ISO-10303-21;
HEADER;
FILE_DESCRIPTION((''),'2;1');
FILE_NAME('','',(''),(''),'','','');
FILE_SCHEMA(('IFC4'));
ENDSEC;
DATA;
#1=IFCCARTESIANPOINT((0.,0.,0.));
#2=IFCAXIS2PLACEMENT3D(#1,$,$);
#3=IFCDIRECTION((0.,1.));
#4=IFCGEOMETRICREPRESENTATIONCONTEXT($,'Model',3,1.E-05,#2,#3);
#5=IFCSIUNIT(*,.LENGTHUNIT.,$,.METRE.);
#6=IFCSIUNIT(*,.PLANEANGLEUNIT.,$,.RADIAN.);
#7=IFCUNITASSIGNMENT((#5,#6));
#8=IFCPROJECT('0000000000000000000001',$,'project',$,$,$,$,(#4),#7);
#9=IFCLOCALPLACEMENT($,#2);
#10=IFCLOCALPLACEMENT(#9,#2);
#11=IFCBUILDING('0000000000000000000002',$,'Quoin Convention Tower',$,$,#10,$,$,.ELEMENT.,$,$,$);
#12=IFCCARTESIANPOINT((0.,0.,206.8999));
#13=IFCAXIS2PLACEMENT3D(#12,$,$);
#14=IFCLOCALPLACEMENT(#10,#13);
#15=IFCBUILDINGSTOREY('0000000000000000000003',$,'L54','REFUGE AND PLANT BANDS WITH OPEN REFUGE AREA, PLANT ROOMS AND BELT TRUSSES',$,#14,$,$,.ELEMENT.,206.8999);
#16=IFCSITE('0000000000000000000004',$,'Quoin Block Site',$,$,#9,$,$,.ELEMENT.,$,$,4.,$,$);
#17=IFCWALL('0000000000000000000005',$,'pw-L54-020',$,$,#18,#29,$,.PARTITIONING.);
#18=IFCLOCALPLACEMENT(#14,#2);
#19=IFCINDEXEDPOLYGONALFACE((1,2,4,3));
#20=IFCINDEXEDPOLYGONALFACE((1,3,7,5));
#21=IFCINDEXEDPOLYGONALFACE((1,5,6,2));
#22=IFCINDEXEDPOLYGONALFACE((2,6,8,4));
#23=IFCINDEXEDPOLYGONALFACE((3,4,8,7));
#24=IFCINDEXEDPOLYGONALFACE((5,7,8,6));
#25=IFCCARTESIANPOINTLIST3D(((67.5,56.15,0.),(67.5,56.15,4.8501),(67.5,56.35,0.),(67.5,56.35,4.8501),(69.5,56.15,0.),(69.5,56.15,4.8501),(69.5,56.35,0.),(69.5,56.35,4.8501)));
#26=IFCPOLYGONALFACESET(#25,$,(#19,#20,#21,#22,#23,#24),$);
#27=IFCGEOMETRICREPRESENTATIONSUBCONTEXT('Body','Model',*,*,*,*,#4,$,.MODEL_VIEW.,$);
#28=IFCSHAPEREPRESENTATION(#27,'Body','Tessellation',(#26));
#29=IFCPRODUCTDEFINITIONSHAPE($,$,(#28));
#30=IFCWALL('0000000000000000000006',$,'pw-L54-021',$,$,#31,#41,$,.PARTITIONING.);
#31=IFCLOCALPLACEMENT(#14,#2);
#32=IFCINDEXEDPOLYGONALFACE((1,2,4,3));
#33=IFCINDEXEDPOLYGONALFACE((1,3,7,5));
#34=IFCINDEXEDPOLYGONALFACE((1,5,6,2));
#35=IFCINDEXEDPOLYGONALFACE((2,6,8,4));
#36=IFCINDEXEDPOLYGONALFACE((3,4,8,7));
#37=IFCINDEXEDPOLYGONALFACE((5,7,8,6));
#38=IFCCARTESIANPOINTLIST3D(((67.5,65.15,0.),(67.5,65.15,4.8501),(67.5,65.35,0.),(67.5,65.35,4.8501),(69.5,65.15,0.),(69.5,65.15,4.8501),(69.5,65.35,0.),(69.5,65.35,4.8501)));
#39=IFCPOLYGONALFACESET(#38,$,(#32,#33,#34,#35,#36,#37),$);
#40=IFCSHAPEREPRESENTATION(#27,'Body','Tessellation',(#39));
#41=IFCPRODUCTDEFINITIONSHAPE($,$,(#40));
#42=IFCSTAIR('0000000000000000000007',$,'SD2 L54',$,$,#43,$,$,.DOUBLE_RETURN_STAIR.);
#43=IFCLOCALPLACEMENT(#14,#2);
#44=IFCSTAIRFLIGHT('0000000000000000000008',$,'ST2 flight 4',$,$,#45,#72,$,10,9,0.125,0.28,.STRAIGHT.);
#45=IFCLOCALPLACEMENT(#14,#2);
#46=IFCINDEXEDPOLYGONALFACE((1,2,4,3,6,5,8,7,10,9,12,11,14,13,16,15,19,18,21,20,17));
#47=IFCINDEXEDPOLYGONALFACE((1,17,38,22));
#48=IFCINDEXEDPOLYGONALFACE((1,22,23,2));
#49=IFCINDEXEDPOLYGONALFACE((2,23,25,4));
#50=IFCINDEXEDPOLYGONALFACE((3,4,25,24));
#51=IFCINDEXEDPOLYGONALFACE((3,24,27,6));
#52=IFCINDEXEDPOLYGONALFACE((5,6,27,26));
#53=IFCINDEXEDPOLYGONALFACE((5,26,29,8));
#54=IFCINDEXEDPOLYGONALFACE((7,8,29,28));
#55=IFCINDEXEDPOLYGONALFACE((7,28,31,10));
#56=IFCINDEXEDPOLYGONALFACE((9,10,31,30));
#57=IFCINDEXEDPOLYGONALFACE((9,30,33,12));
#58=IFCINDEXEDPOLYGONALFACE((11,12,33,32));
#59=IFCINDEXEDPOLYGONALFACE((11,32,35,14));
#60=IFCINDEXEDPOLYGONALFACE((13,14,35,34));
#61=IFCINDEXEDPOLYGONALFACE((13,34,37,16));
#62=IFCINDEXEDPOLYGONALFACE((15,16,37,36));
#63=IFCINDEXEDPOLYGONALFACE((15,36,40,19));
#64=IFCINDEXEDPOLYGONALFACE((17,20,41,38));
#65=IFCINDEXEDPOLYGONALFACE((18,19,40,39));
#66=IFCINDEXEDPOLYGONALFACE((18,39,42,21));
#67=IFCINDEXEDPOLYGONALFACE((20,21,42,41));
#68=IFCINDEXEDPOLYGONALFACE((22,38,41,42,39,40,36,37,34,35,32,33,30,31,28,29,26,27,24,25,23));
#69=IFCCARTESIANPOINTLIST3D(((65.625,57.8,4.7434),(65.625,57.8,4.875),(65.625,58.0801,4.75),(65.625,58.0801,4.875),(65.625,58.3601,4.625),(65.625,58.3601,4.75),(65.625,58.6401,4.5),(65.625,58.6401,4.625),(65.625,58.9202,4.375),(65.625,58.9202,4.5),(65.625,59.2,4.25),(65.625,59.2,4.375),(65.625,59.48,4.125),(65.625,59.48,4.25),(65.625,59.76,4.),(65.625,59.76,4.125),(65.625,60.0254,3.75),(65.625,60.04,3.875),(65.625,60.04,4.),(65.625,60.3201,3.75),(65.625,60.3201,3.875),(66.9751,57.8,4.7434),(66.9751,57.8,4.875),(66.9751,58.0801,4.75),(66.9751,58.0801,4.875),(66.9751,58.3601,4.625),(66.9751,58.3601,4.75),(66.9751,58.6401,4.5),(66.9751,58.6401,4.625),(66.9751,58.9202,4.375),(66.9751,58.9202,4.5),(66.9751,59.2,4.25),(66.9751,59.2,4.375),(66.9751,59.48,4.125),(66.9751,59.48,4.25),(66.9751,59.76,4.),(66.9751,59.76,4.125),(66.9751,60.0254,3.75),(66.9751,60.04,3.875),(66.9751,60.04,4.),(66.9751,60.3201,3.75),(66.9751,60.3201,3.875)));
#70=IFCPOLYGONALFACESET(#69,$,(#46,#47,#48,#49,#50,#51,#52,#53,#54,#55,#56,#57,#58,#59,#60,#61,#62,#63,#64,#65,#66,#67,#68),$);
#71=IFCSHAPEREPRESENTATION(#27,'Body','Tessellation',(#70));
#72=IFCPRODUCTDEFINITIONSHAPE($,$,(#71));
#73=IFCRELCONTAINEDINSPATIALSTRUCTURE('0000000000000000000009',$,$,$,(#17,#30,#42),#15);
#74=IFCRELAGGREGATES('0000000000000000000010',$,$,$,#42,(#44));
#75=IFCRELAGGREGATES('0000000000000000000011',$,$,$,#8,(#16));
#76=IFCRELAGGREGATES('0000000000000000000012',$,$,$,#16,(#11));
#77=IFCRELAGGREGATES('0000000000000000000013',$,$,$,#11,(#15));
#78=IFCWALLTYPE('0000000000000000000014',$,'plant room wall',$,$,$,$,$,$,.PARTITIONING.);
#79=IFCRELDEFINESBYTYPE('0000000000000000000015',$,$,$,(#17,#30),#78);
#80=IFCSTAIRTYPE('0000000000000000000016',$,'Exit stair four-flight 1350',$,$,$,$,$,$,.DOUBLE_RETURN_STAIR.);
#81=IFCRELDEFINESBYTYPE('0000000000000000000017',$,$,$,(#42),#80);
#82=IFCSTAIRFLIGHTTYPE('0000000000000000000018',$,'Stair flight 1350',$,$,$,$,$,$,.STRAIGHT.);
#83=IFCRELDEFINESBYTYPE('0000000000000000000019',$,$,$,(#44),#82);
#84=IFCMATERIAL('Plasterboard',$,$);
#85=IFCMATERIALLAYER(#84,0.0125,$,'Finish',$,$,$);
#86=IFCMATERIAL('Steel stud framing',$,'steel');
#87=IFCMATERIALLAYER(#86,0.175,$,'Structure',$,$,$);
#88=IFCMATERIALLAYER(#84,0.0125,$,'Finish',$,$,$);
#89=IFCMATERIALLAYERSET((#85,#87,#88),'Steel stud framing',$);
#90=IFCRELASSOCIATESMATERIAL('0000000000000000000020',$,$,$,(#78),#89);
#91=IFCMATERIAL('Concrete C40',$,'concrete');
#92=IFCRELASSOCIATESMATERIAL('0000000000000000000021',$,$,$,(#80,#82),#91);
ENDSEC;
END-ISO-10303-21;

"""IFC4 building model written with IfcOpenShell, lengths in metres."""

from ifc_helpers import new_model, si_unit, direction, frame, frame_2d, origin, place, context, subcontext, project, spatial, polyline, rectangle, outline, extrude, material, layer, layer_set, type_object, element, aggregate, save


model = new_model("IFC4")

# Units and contexts
model_context = context("Model", 3, precision=1e-05, world=origin(), true_north=direction((0.0, 1.0)))
body_context = subcontext(model_context, "Body", "Model", "MODEL_VIEW")
ifc_project = project(units=[si_unit("LENGTHUNIT", "METRE"), si_unit("PLANEANGLEUNIT", "RADIAN")], contexts=[model_context])

# Site, building, storey
site_placement = place(None, origin())
site = spatial("IfcSite", under=ifc_project, at=site_placement, Name="Quoin Block Site", CompositionType="ELEMENT", RefElevation=4.0)
building_placement = place(site_placement, origin())
building = spatial("IfcBuilding", under=site, at=building_placement, Name="Quoin Convention Tower", CompositionType="ELEMENT")
storey_placement = place(building_placement, frame((0.0, 0.0, 206.8999)))
storey = spatial("IfcBuildingStorey", under=building, at=storey_placement, Name="L54", Description="REFUGE AND PLANT BANDS WITH OPEN REFUGE AREA, PLANT ROOMS AND BELT TRUSSES", CompositionType="ELEMENT", Elevation=206.8999)

# Walls
ifc_material_1 = material(Name="Plasterboard")
ifc_layer_1 = layer(ifc_material_1, 0.0125, Name="Finish")
ifc_material_2 = material(Name="Steel stud framing", Category="steel")
ifc_layer_2 = layer(ifc_material_2, 0.175, Name="Structure")
ifc_layer_3 = layer(ifc_material_1, 0.0125, Name="Finish")
ifc_layer_set = layer_set([ifc_layer_1, ifc_layer_2, ifc_layer_3], Name="Steel stud framing")
wall_type = type_object("IfcWallType", Name="plant room wall", PredefinedType="PARTITIONING", material=ifc_layer_set)
for number, where, z_axis, x_axis, name in (
    (1, (67.5, 56.25, 0.0), (0.0, 0.0, 1.0), (1.0, 0.0, 0.0), "pw-L54-020"),
    (2, (67.5, 65.25, 0.0), (0.0, 0.0, 1.0), (1.0, 0.0, 0.0), "pw-L54-021"),
):
    element("IfcWall", number, at=place(storey_placement, frame(where, z_axis=z_axis, x_axis=x_axis)), inside=storey, type_object=wall_type, Name=name, PredefinedType="PARTITIONING", context=body_context, shape_type="SweptSolid", body=[
        extrude(rectangle(XDim=2.0, YDim=0.2, at=frame_2d((1.0, 0.0))), origin(), (0.0, 0.0, 1.0), 4.8501),
    ])

# Stair, stair flight
ifc_material_3 = material(Name="Concrete C40", Category="concrete")
stair_type = type_object("IfcStairType", Name="Exit stair four-flight 1350", PredefinedType="DOUBLE_RETURN_STAIR", material=ifc_material_3)
stair_placement = place(storey_placement, origin())
stair = element("IfcStair", 3, at=stair_placement, inside=storey, type_object=stair_type, Name="SD2 L54", PredefinedType="DOUBLE_RETURN_STAIR")
stair_flight_type = type_object("IfcStairFlightType", Name="Stair flight 1350", PredefinedType="STRAIGHT", material=ifc_material_3)
stair_flight_placement = place(storey_placement, frame((66.3, 60.3201, 3.75), z_axis=(0.0, 0.0, 1.0), x_axis=(0.0, -1.0, 0.0)))
stair_flight = element("IfcStairFlight", 4, at=stair_flight_placement, type_object=stair_flight_type, Name="ST2 flight 4", NumberOfRisers=10, NumberOfTreads=9, PredefinedType="STRAIGHT", RiserHeight=0.125, TreadLength=0.28, context=body_context, shape_type="SweptSolid", body=[
    extrude(outline(polyline([(0.0, 0.0), (0.0, 0.125), (0.28, 0.125), (0.28, 0.25), (0.5601, 0.25), (0.5601, 0.375), (0.8401, 0.375), (0.8401, 0.5), (1.1201, 0.5), (1.1201, 0.625), (1.3999, 0.625), (1.3999, 0.75), (1.6799, 0.75), (1.6799, 0.875), (1.96, 0.875), (1.96, 1.0), (2.24, 1.0), (2.24, 1.125), (2.52, 1.125), (2.52, 1.25), (2.52, 0.9934), (0.2947, 0.0), (0.0, 0.0)])), frame((0.0, 0.675, 0.0), z_axis=(0.0, -1.0, 0.0), x_axis=(1.0, 0.0, 0.0)), (0.0, 0.0, 1.0), 1.3501),
])
aggregate(stair, [stair_flight])

save(model, "model.ifc")
